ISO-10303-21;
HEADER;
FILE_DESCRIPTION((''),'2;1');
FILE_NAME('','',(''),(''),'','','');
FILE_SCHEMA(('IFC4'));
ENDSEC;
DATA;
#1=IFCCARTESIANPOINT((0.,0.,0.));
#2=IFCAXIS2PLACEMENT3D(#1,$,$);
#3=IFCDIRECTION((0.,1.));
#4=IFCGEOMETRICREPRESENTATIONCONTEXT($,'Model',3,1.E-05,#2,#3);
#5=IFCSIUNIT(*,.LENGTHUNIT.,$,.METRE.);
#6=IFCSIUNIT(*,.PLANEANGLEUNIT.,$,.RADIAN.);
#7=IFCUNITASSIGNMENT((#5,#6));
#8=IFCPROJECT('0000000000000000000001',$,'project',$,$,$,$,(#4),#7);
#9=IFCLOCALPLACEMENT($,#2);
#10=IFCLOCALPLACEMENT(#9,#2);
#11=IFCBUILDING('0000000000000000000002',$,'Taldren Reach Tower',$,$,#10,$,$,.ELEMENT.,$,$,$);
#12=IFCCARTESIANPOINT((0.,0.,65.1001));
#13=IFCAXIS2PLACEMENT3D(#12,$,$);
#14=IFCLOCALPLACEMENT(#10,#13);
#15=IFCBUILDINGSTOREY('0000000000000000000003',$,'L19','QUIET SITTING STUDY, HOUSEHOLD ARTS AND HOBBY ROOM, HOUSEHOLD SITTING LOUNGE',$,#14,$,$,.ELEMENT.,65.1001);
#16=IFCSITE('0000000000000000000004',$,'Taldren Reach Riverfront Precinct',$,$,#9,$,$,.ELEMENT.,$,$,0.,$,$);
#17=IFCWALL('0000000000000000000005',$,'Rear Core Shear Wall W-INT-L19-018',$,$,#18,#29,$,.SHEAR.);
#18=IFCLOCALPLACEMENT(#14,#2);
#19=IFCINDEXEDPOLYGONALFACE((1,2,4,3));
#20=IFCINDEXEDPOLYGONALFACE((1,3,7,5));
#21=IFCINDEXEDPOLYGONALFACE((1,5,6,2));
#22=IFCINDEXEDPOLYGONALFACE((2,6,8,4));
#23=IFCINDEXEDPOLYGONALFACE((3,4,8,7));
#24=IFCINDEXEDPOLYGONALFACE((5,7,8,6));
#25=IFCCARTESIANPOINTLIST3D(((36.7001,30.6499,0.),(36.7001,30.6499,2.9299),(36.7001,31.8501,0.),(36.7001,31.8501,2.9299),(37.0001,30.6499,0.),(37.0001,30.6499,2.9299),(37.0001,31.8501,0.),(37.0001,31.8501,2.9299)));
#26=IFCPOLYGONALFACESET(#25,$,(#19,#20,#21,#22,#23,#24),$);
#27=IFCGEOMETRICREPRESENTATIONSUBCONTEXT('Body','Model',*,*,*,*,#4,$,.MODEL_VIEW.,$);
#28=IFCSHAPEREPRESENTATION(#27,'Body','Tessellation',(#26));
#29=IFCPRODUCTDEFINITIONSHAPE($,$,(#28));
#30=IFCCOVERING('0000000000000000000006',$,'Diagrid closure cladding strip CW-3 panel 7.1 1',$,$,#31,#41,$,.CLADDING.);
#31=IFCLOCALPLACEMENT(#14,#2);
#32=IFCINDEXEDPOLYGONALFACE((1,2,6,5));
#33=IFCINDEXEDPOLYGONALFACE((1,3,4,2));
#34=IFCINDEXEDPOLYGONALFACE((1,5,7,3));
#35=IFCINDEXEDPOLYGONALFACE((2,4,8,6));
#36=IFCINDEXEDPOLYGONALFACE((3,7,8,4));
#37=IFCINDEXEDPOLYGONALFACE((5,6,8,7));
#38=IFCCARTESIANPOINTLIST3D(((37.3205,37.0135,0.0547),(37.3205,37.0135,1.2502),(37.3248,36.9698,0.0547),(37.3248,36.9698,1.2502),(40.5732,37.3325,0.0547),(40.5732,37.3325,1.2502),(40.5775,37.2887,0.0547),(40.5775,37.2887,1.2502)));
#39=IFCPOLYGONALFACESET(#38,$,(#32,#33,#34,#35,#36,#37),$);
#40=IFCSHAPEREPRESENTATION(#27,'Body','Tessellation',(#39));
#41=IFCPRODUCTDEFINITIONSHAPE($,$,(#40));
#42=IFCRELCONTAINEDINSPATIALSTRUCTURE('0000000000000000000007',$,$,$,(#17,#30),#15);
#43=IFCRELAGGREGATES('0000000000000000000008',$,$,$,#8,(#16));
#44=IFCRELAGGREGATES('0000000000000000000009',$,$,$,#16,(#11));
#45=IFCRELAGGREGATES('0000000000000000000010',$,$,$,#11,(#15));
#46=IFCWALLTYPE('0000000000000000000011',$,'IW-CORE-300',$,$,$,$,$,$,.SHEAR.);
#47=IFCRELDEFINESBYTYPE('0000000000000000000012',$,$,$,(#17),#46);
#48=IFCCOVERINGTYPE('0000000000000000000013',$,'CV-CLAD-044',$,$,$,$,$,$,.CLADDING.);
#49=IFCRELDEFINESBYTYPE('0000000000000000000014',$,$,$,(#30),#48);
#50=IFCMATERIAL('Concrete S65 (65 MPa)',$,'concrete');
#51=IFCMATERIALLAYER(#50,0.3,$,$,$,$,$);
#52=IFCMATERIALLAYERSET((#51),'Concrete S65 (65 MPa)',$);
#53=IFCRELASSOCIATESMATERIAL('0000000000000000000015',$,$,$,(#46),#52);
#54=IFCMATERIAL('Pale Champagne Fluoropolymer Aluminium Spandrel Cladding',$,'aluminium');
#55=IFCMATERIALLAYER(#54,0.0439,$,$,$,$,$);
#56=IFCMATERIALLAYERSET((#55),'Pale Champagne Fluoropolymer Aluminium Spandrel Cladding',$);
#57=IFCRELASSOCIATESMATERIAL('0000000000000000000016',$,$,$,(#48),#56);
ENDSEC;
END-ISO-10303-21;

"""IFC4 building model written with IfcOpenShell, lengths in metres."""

from ifc_helpers import new_model, si_unit, direction, frame, frame_2d, origin, origin_2d, place, context, subcontext, project, spatial, rectangle, extrude, source, transform, mapped, material, layer, layer_set, type_object, element, save


model = new_model("IFC4")

# Units and contexts
model_context = context("Model", 3, precision=1e-05, world=origin(), true_north=direction((0.0, 1.0)))
body_context = subcontext(model_context, "Body", "Model", "MODEL_VIEW")
ifc_project = project(units=[si_unit("LENGTHUNIT", "METRE"), si_unit("PLANEANGLEUNIT", "RADIAN")], contexts=[model_context])

# Site, building, storey
site_placement = place(None, origin())
site = spatial("IfcSite", under=ifc_project, at=site_placement, Name="Taldren Reach Riverfront Precinct", CompositionType="ELEMENT", RefElevation=0.0)
building_placement = place(site_placement, origin())
building = spatial("IfcBuilding", under=site, at=building_placement, Name="Taldren Reach Tower", CompositionType="ELEMENT")
storey_placement = place(building_placement, frame((0.0, 0.0, 65.1001)))
storey = spatial("IfcBuildingStorey", under=building, at=storey_placement, Name="L19", Description="QUIET SITTING STUDY, HOUSEHOLD ARTS AND HOBBY ROOM, HOUSEHOLD SITTING LOUNGE", CompositionType="ELEMENT", Elevation=65.1001)

# Shared definitions
ifc_material_1 = material(Name="Concrete S65 (65 MPa)", Category="concrete")

# Wall
ifc_layer_1 = layer(ifc_material_1, 0.3)
ifc_layer_set_1 = layer_set([ifc_layer_1], Name="Concrete S65 (65 MPa)")
wall_type = type_object("IfcWallType", Name="IW-CORE-300", PredefinedType="SHEAR", material=ifc_layer_set_1)
shared_shape_1 = source(origin(), body_context, "Body", "SweptSolid", [
    extrude(rectangle(XDim=1.2002, YDim=0.3, at=frame_2d((0.6001, 0.0))), origin(), (0.0, 0.0, 1.0), 2.9299),
])
wall_1_placement = place(storey_placement, frame((36.8501, 30.6499, 0.0), z_axis=(0.0, 0.0, 1.0), x_axis=(0.0, 1.0, 0.0)))
element("IfcWall", 1, at=wall_1_placement, inside=storey, type_object=wall_type, Name="Rear Core Shear Wall W-INT-L19-018", PredefinedType="SHEAR", context=body_context, shape_type="MappedRepresentation", body=[
    mapped(shared_shape_1, transform((0.0, 0.0, 0.0), scale=1.0)),
])

# Covering
ifc_material_2 = material(Name="Pale Champagne Fluoropolymer Aluminium Spandrel Cladding", Category="aluminium")
ifc_layer_2 = layer(ifc_material_2, 0.0439)
ifc_layer_set_2 = layer_set([ifc_layer_2], Name="Pale Champagne Fluoropolymer Aluminium Spandrel Cladding")
covering_type = type_object("IfcCoveringType", Name="CV-CLAD-044", PredefinedType="CLADDING", material=ifc_layer_set_2)
shared_shape_2 = source(origin(), body_context, "Body", "SweptSolid", [
    extrude(rectangle(XDim=3.2683, YDim=0.0439, at=origin_2d()), origin(), (0.0, 0.0, 1.0), 1.1956),
])
covering_placement = place(storey_placement, frame((38.949, 37.1511, 0.0547), z_axis=(0.0, 0.0, 1.0), x_axis=(-0.995227, -0.097583, 0.0)))
element("IfcCovering", 2, at=covering_placement, inside=storey, type_object=covering_type, Name="Diagrid closure cladding strip CW-3 panel 7.1 1", PredefinedType="CLADDING", context=body_context, shape_type="MappedRepresentation", body=[
    mapped(shared_shape_2, transform((0.0, 0.0, 0.0), scale=1.0)),
])

save(model, "model.ifc")
